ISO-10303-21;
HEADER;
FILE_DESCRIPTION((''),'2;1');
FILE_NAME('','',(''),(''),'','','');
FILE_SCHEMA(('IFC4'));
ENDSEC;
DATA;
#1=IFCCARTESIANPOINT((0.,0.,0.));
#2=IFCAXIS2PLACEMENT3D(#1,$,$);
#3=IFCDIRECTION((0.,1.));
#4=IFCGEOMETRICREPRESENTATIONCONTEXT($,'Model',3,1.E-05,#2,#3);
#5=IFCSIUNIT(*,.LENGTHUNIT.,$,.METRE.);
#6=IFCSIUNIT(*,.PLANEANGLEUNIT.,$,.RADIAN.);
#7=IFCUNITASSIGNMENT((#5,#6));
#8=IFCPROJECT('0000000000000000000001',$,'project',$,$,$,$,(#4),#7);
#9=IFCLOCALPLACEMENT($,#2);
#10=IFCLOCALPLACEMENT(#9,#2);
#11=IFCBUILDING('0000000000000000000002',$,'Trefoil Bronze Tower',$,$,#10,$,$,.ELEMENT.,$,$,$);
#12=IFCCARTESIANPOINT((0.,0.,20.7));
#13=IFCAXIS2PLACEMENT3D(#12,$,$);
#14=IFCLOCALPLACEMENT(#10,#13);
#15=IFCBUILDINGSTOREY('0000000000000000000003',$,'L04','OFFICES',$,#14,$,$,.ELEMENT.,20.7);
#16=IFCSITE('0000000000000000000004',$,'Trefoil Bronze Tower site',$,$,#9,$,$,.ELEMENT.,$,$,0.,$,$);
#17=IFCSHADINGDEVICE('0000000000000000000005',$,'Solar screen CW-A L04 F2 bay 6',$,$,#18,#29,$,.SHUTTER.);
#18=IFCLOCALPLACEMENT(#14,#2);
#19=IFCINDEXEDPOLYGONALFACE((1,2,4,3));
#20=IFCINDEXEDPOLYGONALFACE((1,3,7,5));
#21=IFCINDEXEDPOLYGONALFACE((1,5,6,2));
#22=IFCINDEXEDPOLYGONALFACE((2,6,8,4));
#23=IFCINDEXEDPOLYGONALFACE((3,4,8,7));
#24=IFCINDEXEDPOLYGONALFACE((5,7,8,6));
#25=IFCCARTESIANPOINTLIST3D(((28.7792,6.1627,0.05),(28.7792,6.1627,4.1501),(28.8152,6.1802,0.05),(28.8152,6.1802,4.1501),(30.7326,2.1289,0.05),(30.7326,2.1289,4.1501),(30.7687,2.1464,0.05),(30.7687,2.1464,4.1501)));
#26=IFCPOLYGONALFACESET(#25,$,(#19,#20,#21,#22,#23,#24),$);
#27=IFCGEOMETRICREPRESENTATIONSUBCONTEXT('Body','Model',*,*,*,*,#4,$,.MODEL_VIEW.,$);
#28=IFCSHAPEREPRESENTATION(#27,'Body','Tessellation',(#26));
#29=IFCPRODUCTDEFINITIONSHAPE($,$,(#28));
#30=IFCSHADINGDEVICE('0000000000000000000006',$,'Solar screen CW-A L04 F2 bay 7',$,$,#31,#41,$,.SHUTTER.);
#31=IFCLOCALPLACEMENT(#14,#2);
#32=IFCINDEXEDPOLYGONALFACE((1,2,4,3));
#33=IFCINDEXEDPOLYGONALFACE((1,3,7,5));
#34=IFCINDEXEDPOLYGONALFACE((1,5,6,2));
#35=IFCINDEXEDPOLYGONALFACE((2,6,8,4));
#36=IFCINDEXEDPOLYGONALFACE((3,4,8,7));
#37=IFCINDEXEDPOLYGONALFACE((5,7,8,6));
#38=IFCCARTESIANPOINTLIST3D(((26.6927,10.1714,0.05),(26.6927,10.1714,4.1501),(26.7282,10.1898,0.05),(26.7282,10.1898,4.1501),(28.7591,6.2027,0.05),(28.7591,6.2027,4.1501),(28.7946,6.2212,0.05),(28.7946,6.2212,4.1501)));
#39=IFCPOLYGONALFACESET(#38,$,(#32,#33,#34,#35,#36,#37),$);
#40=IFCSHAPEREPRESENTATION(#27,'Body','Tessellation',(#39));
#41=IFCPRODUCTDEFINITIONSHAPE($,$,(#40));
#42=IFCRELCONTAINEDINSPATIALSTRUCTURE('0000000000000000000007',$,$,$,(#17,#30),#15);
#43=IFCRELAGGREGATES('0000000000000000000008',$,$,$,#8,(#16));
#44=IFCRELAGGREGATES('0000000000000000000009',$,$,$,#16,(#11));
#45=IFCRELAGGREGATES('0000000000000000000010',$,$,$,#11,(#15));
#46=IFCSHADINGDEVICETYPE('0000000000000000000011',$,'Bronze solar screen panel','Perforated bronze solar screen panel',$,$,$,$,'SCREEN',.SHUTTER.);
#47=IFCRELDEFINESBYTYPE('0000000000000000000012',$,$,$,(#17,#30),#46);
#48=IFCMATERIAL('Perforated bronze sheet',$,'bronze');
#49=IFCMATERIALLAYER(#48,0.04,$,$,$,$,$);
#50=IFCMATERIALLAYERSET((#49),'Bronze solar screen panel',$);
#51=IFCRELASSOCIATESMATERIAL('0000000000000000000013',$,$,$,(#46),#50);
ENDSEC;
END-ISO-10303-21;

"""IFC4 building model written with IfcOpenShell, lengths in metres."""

from ifc_helpers import new_model, si_unit, direction, frame, origin, origin_2d, place, context, subcontext, project, spatial, rectangle, extrude, material, layer, layer_set, type_object, element, save


model = new_model("IFC4")

# Units and contexts
model_context = context("Model", 3, precision=1e-05, world=origin(), true_north=direction((0.0, 1.0)))
body_context = subcontext(model_context, "Body", "Model", "MODEL_VIEW")
ifc_project = project(units=[si_unit("LENGTHUNIT", "METRE"), si_unit("PLANEANGLEUNIT", "RADIAN")], contexts=[model_context])

# Site, building, storey
site_placement = place(None, origin())
site = spatial("IfcSite", under=ifc_project, at=site_placement, Name="Trefoil Bronze Tower site", CompositionType="ELEMENT", RefElevation=0.0)
building_placement = place(site_placement, origin())
building = spatial("IfcBuilding", under=site, at=building_placement, Name="Trefoil Bronze Tower", CompositionType="ELEMENT")
storey_placement = place(building_placement, frame((0.0, 0.0, 20.7)))
storey = spatial("IfcBuildingStorey", under=building, at=storey_placement, Name="L04", Description="OFFICES", CompositionType="ELEMENT", Elevation=20.7)

# Shading devices
ifc_material_1 = material(Name="Perforated bronze sheet", Category="bronze")
ifc_layer_1 = layer(ifc_material_1, 0.04)
ifc_layer_set_1 = layer_set([ifc_layer_1], Name="Bronze solar screen panel")
shading_device_type = type_object("IfcShadingDeviceType", Name="Bronze solar screen panel", Description="Perforated bronze solar screen panel", ElementType="SCREEN", PredefinedType="SHUTTER", material=ifc_layer_set_1)
shading_device_1_placement = place(storey_placement, frame((29.7739, 4.1545, 0.05), z_axis=(0.0, 0.0, 1.0), x_axis=(-0.435855, 0.900017, 0.0)))
element("IfcShadingDevice", 1, at=shading_device_1_placement, inside=storey, type_object=shading_device_type, Name="Solar screen CW-A L04 F2 bay 6", PredefinedType="SHUTTER", context=body_context, shape_type="SweptSolid", body=[
    extrude(rectangle(XDim=4.4819, YDim=0.04, at=origin_2d()), origin(), (0.0, 0.0, 1.0), 4.1001),
])
shading_device_2_placement = place(storey_placement, frame((27.7437, 8.1963, 0.05), z_axis=(0.0, 0.0, 1.0), x_axis=(-0.46183, 0.886969, 0.0)))
element("IfcShadingDevice", 2, at=shading_device_2_placement, inside=storey, type_object=shading_device_type, Name="Solar screen CW-A L04 F2 bay 7", PredefinedType="SHUTTER", context=body_context, shape_type="SweptSolid", body=[
    extrude(rectangle(XDim=4.4744, YDim=0.04, at=origin_2d()), origin(), (0.0, 0.0, 1.0), 4.1001),
])

save(model, "model.ifc")
